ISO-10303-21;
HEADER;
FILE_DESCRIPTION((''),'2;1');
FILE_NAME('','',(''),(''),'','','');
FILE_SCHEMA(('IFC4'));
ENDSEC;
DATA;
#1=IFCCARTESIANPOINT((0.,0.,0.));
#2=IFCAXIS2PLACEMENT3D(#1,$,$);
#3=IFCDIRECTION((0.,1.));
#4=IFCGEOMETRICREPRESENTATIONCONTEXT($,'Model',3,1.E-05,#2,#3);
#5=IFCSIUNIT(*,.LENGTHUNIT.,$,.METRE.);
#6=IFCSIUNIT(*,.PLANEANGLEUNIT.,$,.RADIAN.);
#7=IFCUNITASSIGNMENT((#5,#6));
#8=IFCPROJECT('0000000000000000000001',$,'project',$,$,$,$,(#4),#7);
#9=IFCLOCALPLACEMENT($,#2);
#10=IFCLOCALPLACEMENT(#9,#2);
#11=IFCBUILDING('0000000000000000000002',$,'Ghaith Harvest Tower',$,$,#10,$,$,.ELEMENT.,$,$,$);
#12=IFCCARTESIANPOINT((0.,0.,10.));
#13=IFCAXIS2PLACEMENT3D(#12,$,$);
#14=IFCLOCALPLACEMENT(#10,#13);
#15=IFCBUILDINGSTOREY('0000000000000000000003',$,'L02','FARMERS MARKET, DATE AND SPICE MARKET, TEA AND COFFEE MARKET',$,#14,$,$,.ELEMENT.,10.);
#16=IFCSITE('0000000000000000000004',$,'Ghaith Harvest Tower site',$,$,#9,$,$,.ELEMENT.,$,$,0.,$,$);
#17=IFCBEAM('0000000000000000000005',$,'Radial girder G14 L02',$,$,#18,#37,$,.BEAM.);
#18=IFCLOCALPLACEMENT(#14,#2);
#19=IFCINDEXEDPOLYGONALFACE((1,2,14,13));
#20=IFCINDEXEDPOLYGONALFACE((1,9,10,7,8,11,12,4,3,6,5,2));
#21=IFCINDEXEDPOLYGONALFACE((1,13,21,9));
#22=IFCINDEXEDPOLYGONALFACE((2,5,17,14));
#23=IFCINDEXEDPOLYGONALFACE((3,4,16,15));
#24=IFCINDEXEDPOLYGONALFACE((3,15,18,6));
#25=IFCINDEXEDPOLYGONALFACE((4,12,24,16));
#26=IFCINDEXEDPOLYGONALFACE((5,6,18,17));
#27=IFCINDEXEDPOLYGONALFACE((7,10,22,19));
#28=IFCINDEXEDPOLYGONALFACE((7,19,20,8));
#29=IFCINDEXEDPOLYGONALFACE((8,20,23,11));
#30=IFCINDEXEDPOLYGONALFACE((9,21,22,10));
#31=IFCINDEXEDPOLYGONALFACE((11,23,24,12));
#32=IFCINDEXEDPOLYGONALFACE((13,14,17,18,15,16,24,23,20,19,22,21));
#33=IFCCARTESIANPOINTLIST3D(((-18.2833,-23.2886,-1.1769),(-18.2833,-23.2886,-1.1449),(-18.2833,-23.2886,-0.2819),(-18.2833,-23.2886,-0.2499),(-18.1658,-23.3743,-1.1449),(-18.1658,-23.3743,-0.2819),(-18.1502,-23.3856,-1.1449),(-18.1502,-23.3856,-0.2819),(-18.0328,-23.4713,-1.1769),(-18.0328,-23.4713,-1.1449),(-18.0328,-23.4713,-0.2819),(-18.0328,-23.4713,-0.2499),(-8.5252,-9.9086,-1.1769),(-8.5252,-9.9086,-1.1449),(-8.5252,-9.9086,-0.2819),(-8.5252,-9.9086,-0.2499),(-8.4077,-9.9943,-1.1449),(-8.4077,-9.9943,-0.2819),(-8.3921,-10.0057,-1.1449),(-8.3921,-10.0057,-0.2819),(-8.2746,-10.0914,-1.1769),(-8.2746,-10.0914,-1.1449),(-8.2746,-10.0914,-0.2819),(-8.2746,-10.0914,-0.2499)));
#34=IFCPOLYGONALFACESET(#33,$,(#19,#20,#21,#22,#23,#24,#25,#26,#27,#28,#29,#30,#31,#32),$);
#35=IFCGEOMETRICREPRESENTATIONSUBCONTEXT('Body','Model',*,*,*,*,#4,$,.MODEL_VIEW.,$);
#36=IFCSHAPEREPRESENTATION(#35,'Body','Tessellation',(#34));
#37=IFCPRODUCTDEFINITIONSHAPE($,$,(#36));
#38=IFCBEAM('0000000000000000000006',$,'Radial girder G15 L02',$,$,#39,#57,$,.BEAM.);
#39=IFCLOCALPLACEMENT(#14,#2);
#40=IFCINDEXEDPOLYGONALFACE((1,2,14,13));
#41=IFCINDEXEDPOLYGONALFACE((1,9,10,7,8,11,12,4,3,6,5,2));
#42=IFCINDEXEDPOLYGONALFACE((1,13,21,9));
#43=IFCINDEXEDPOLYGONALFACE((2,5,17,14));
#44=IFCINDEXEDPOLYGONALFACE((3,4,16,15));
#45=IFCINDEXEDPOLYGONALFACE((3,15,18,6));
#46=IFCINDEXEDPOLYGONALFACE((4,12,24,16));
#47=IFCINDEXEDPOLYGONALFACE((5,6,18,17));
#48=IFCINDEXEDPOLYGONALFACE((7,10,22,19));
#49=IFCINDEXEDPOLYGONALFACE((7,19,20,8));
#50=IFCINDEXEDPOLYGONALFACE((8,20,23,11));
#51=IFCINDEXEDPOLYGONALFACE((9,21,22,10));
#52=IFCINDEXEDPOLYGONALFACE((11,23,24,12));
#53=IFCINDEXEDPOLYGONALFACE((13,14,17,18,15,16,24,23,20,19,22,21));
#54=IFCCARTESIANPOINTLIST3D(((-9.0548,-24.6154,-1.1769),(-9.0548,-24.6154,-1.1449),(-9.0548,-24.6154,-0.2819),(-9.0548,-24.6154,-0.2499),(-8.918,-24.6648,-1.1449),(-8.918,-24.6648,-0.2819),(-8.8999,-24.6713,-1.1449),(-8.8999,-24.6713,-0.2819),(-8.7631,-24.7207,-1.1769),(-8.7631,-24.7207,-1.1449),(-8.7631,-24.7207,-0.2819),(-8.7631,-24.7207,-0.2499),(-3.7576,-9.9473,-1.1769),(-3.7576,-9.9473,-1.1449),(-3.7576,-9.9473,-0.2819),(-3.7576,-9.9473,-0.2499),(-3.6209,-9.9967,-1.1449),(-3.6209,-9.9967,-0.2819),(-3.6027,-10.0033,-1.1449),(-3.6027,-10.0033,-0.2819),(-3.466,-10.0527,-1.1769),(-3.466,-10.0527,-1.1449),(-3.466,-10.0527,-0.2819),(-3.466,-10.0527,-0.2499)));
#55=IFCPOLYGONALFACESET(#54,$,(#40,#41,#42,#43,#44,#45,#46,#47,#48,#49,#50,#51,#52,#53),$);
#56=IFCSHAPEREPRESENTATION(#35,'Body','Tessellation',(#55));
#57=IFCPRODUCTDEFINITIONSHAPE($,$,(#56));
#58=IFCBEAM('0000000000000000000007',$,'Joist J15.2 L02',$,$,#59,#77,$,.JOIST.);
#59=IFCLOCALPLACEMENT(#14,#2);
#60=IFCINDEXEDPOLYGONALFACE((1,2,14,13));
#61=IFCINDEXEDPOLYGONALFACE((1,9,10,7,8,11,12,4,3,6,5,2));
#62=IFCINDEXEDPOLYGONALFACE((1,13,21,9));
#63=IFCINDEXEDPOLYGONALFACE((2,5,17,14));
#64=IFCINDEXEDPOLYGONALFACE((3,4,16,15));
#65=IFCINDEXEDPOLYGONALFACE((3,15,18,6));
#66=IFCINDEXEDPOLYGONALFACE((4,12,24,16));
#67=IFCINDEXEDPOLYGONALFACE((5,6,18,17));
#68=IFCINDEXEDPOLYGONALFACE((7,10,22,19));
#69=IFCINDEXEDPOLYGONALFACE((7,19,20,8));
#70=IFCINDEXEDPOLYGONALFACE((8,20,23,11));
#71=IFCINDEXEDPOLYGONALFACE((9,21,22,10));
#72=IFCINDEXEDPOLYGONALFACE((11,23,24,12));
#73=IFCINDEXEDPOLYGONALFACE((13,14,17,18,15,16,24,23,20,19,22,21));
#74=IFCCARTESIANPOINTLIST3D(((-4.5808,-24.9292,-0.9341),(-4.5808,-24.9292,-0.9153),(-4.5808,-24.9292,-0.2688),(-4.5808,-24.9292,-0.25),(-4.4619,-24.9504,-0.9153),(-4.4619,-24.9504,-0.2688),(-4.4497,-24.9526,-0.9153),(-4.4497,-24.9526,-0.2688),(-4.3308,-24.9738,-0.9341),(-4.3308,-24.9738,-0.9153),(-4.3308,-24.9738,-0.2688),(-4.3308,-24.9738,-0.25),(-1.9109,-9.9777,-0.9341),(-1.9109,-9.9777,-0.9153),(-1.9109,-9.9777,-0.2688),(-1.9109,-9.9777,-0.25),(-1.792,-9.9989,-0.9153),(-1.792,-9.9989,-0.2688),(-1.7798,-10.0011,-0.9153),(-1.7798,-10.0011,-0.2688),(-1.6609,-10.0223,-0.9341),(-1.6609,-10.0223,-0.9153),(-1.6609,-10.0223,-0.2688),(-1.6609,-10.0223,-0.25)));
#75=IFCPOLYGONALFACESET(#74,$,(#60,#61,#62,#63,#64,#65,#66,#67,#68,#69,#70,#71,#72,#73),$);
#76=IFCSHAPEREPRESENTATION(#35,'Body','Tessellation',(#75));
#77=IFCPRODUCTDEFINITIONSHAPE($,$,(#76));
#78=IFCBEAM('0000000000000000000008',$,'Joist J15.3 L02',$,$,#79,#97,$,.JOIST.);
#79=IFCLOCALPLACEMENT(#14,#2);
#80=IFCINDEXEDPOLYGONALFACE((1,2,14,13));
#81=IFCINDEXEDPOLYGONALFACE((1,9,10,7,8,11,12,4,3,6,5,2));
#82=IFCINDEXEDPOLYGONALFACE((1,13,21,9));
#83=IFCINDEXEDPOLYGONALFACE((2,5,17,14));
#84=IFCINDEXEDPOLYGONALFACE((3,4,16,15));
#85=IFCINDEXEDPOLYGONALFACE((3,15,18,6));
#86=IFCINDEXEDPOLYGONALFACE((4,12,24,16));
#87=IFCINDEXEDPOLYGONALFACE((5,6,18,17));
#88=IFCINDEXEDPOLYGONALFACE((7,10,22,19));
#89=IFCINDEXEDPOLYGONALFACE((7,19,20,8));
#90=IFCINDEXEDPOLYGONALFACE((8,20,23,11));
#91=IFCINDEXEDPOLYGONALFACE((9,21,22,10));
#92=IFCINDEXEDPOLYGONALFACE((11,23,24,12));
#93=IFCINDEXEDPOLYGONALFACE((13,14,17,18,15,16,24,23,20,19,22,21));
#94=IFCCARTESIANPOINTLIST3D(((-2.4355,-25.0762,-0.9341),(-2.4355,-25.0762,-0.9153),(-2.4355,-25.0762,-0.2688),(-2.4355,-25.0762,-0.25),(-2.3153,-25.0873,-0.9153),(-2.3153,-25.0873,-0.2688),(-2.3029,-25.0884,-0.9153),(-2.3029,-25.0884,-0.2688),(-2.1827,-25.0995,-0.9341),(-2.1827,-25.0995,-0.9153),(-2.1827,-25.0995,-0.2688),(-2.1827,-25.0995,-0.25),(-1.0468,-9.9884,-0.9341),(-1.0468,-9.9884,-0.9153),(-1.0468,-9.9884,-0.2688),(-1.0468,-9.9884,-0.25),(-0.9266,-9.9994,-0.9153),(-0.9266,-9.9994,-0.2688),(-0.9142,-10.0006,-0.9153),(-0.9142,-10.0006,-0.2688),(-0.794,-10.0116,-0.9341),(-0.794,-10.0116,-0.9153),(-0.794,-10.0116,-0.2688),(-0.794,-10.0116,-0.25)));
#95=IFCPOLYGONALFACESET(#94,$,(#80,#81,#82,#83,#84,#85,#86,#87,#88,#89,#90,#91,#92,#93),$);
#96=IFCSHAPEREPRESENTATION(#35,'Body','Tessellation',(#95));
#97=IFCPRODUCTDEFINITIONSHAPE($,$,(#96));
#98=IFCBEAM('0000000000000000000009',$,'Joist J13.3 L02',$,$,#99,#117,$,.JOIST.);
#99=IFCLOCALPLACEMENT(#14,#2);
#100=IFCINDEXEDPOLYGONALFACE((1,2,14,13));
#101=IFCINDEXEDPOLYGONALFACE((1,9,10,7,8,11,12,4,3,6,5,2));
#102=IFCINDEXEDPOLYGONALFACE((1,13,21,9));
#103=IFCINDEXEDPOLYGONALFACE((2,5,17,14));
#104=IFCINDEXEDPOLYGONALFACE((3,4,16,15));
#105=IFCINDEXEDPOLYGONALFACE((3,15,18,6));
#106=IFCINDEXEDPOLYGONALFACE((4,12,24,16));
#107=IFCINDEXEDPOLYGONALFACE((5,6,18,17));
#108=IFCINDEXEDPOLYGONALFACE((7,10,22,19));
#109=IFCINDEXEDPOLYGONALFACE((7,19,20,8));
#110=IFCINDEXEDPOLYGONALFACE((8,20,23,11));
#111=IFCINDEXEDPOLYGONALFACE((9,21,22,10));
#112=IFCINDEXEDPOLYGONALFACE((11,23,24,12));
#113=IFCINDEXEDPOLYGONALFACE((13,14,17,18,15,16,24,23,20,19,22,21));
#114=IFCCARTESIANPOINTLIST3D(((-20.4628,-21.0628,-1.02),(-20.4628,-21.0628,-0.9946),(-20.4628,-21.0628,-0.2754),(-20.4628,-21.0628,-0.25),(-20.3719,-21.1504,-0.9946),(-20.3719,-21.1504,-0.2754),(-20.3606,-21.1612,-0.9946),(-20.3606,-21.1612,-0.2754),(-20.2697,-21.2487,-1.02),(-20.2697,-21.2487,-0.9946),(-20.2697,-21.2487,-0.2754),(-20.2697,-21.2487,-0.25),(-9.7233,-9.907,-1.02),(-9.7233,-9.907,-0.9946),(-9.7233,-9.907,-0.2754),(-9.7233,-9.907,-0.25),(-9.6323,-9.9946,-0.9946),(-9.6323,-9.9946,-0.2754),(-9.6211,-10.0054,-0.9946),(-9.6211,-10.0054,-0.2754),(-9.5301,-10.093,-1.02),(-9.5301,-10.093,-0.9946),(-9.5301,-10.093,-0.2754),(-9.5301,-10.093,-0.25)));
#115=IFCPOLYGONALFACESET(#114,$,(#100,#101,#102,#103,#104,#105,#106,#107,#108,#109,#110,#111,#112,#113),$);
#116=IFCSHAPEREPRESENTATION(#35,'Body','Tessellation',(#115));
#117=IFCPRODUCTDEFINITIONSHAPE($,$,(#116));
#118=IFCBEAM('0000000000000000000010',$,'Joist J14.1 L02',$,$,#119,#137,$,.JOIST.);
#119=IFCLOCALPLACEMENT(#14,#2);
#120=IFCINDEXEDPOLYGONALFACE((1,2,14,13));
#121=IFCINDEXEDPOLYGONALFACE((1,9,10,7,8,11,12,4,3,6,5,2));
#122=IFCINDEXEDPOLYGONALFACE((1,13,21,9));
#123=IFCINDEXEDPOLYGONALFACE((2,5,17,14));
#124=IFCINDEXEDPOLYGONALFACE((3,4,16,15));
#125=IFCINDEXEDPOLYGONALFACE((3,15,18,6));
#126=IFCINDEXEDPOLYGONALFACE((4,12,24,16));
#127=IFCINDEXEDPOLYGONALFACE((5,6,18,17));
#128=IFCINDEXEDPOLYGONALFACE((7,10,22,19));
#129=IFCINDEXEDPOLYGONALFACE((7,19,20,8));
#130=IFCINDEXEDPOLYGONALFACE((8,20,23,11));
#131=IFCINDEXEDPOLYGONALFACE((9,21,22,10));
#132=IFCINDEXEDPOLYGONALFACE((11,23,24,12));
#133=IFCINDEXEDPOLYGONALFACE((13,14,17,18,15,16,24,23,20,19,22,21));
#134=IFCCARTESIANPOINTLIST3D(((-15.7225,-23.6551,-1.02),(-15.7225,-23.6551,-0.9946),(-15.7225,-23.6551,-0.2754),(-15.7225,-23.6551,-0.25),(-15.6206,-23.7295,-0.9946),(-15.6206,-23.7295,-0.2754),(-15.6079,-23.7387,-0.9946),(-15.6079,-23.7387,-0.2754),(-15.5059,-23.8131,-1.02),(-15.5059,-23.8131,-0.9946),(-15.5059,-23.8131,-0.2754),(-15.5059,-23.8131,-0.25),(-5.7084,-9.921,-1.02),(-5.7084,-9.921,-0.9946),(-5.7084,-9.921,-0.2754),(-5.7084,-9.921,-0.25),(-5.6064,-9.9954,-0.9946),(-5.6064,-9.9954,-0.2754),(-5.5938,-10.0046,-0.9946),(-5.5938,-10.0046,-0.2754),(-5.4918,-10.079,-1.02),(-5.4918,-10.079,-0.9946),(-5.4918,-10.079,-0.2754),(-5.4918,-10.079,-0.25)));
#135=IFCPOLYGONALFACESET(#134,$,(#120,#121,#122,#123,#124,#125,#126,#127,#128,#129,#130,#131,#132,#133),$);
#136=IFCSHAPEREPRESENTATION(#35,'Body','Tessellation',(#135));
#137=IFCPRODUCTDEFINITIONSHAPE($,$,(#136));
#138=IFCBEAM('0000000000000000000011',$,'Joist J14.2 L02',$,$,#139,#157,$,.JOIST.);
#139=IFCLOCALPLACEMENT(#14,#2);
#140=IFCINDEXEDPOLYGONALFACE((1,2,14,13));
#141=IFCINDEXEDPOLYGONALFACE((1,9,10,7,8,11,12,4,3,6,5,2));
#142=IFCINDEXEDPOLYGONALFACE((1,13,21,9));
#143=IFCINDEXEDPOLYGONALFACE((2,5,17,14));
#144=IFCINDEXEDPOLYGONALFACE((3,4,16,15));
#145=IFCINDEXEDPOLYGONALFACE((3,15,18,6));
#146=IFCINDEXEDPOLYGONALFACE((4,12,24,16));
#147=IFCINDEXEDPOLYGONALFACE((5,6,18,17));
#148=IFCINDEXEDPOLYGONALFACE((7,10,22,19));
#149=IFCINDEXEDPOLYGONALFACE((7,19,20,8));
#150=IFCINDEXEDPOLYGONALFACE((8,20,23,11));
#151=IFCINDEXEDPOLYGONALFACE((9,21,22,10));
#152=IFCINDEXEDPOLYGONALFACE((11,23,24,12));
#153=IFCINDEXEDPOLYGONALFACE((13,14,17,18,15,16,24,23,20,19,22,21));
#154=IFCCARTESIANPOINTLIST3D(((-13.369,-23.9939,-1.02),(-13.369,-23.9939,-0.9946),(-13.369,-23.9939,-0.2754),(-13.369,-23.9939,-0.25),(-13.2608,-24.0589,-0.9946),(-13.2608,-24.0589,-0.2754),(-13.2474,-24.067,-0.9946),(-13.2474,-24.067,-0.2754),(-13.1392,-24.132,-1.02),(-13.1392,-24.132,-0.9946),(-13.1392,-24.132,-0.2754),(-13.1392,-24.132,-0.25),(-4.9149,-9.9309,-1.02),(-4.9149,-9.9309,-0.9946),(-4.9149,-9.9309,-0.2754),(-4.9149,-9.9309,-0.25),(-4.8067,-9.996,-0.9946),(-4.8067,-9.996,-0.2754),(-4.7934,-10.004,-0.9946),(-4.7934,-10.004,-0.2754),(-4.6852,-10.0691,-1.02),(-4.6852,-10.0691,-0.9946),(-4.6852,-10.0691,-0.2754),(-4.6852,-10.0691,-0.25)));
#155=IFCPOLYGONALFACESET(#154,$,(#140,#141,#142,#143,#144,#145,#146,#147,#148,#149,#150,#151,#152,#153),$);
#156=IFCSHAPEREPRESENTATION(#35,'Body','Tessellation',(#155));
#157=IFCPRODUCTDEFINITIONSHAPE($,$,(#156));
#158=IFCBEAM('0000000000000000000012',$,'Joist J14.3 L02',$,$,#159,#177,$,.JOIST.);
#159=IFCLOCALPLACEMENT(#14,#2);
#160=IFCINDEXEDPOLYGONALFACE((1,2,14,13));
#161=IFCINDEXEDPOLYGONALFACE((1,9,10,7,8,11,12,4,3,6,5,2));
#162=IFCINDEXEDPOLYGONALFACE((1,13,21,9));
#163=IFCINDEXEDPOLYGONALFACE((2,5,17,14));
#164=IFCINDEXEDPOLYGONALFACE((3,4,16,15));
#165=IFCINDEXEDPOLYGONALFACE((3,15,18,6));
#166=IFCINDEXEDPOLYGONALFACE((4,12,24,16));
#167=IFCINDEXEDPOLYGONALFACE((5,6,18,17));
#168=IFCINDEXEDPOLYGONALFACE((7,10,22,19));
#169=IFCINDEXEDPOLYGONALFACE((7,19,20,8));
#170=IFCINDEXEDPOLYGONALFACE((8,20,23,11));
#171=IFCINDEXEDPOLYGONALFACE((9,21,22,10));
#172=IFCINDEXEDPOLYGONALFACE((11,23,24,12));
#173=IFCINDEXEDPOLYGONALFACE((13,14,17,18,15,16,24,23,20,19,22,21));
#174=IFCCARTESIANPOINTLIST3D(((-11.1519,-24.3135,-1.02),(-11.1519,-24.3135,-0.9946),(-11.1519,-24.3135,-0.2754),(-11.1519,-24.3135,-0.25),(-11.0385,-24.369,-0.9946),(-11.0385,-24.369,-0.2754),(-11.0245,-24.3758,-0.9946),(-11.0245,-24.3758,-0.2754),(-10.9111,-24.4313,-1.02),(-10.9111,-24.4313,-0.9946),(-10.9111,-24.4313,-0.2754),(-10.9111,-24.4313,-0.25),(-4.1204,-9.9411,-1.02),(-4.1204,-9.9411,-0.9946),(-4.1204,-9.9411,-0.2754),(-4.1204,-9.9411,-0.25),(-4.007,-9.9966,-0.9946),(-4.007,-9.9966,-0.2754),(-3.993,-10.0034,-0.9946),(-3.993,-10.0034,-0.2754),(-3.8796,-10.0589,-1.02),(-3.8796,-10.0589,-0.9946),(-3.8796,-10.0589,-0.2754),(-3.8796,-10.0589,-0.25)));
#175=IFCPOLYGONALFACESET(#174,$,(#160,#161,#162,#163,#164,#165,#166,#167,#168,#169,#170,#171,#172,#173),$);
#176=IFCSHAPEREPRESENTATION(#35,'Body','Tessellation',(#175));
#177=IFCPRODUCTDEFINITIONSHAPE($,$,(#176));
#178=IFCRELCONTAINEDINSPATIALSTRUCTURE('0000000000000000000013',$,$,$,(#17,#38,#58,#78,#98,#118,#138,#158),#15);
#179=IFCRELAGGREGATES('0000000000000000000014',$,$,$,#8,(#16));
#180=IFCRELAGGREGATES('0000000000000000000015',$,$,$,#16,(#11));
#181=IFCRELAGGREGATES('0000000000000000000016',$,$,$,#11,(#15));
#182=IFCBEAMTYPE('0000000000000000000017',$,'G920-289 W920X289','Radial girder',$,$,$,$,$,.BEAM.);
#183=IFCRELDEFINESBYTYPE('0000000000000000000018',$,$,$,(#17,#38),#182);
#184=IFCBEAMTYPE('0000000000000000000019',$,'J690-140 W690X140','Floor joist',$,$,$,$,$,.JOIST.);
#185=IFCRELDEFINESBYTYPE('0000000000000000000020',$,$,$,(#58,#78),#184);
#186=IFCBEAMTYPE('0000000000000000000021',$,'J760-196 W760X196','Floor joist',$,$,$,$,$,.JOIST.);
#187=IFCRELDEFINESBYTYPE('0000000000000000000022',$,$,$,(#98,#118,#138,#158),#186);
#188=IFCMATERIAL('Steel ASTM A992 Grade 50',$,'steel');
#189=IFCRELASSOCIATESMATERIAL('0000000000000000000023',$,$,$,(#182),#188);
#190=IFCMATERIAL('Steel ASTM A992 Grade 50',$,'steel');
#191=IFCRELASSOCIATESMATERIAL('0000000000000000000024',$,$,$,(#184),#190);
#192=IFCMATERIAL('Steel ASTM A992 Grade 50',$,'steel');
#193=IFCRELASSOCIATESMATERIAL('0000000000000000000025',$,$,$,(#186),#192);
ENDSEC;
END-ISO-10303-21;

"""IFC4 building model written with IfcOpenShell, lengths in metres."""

from ifc_helpers import new_model, si_unit, direction, frame, origin, origin_2d, place, context, subcontext, project, spatial, i_section, extrude, material, material_profile, profile_set, type_object, element, save


model = new_model("IFC4")

# Units and contexts
model_context = context("Model", 3, precision=1e-05, world=origin(), true_north=direction((0.0, 1.0)))
body_context = subcontext(model_context, "Body", "Model", "MODEL_VIEW")
ifc_project = project(units=[si_unit("LENGTHUNIT", "METRE"), si_unit("PLANEANGLEUNIT", "RADIAN")], contexts=[model_context])

# Site, building, storey
site_placement = place(None, origin())
site = spatial("IfcSite", under=ifc_project, at=site_placement, Name="Ghaith Harvest Tower site", CompositionType="ELEMENT", RefElevation=0.0)
building_placement = place(site_placement, origin())
building = spatial("IfcBuilding", under=site, at=building_placement, Name="Ghaith Harvest Tower", CompositionType="ELEMENT")
storey_placement = place(building_placement, frame((0.0, 0.0, 10.0)))
storey = spatial("IfcBuildingStorey", under=building, at=storey_placement, Name="L02", Description="FARMERS MARKET, DATE AND SPICE MARKET, TEA AND COFFEE MARKET", CompositionType="ELEMENT", Elevation=10.0)

# Beams
ifc_material_1 = material(Name="Steel ASTM A992 Grade 50", Category="steel")
ifc_material_profile_1 = material_profile(ifc_material_1, i_section(OverallWidth=0.3101, OverallDepth=0.927, WebThickness=0.0193, FlangeThickness=0.032, at=origin_2d()), Name="W920X289")
ifc_profile_set_1 = profile_set([ifc_material_profile_1], Name="Steel ASTM A992 Grade 50")
beam_type_1 = type_object("IfcBeamType", Name="G920-289 W920X289", Description="Radial girder", PredefinedType="BEAM", material=ifc_profile_set_1)
beam_1_placement = place(storey_placement, frame((-8.3999, -10.0, -0.7134), z_axis=(-0.589247, -0.807953, 0.0), x_axis=(0.807953, -0.589247, 0.0)))
element("IfcBeam", 1, at=beam_1_placement, inside=storey, type_object=beam_type_1, Name="Radial girder G14 L02", PredefinedType="BEAM", context=body_context, shape_type="SweptSolid", body=[
    extrude(i_section(OverallWidth=0.3101, OverallDepth=0.927, WebThickness=0.0193, FlangeThickness=0.032, at=origin_2d()), origin(), (0.0, 0.0, 1.0), 16.5603),
])
beam_2_placement = place(storey_placement, frame((-3.6118, -10.0, -0.7134), z_axis=(-0.339664, -0.940547, 0.0), x_axis=(0.940547, -0.339664, 0.0)))
element("IfcBeam", 2, at=beam_2_placement, inside=storey, type_object=beam_type_1, Name="Radial girder G15 L02", PredefinedType="BEAM", context=body_context, shape_type="SweptSolid", body=[
    extrude(i_section(OverallWidth=0.3101, OverallDepth=0.927, WebThickness=0.0193, FlangeThickness=0.032, at=origin_2d()), origin(), (0.0, 0.0, 1.0), 15.5952),
])
ifc_material_2 = material(Name="Steel ASTM A992 Grade 50", Category="steel")
ifc_material_profile_2 = material_profile(ifc_material_2, i_section(OverallWidth=0.2539, OverallDepth=0.6841, WebThickness=0.0125, FlangeThickness=0.0188, at=origin_2d()), Name="W690X140")
ifc_profile_set_2 = profile_set([ifc_material_profile_2], Name="Steel ASTM A992 Grade 50")
beam_type_2 = type_object("IfcBeamType", Name="J690-140 W690X140", Description="Floor joist", PredefinedType="JOIST", material=ifc_profile_set_2)
beam_3_placement = place(storey_placement, frame((-1.7859, -10.0, -0.592), z_axis=(-0.175792, -0.984427, 0.0), x_axis=(0.984427, -0.175792, 0.0)))
element("IfcBeam", 3, at=beam_3_placement, inside=storey, type_object=beam_type_2, Name="Joist J15.2 L02", PredefinedType="JOIST", context=body_context, shape_type="SweptSolid", body=[
    extrude(i_section(OverallWidth=0.2539, OverallDepth=0.6841, WebThickness=0.0125, FlangeThickness=0.0188, at=origin_2d()), origin(), (0.0, 0.0, 1.0), 15.188),
])
beam_4_placement = place(storey_placement, frame((-0.9204, -10.0, -0.592), z_axis=(-0.091651, -0.995791, 0.0), x_axis=(0.995791, -0.091651, 0.0)))
element("IfcBeam", 4, at=beam_4_placement, inside=storey, type_object=beam_type_2, Name="Joist J15.3 L02", PredefinedType="JOIST", context=body_context, shape_type="SweptSolid", body=[
    extrude(i_section(OverallWidth=0.2539, OverallDepth=0.6841, WebThickness=0.0125, FlangeThickness=0.0188, at=origin_2d()), origin(), (0.0, 0.0, 1.0), 15.1516),
])
ifc_material_3 = material(Name="Steel ASTM A992 Grade 50", Category="steel")
ifc_material_profile_3 = material_profile(ifc_material_3, i_section(OverallWidth=0.2681, OverallDepth=0.77, WebThickness=0.0156, FlangeThickness=0.0254, at=origin_2d()), Name="W760X196")
ifc_profile_set_3 = profile_set([ifc_material_profile_3], Name="Steel ASTM A992 Grade 50")
beam_type_3 = type_object("IfcBeamType", Name="J760-196 W760X196", Description="Floor joist", PredefinedType="JOIST", material=ifc_profile_set_3)
beam_5_placement = place(storey_placement, frame((-9.6267, -10.0, -0.635), z_axis=(-0.693538, -0.72042, 0.0), x_axis=(0.72042, -0.693538, 0.0)))
element("IfcBeam", 5, at=beam_5_placement, inside=storey, type_object=beam_type_3, Name="Joist J13.3 L02", PredefinedType="JOIST", context=body_context, shape_type="SweptSolid", body=[
    extrude(i_section(OverallWidth=0.2681, OverallDepth=0.77, WebThickness=0.0156, FlangeThickness=0.0254, at=origin_2d()), origin(), (0.0, 0.0, 1.0), 15.4851),
])
beam_6_placement = place(storey_placement, frame((-5.6001, -10.0, -0.635), z_axis=(-0.58916, -0.808016, 0.0), x_axis=(0.808016, -0.58916, 0.0)))
element("IfcBeam", 6, at=beam_6_placement, inside=storey, type_object=beam_type_3, Name="Joist J14.1 L02", PredefinedType="JOIST", context=body_context, shape_type="SweptSolid", body=[
    extrude(i_section(OverallWidth=0.2681, OverallDepth=0.77, WebThickness=0.0156, FlangeThickness=0.0254, at=origin_2d()), origin(), (0.0, 0.0, 1.0), 16.9973),
])
beam_7_placement = place(storey_placement, frame((-4.8, -10.0, -0.635), z_axis=(-0.515226, -0.857054, 0.0), x_axis=(0.857054, -0.515226, 0.0)))
element("IfcBeam", 7, at=beam_7_placement, inside=storey, type_object=beam_type_3, Name="Joist J14.2 L02", PredefinedType="JOIST", context=body_context, shape_type="SweptSolid", body=[
    extrude(i_section(OverallWidth=0.2681, OverallDepth=0.77, WebThickness=0.0156, FlangeThickness=0.0254, at=origin_2d()), origin(), (0.0, 0.0, 1.0), 16.4084),
])
beam_8_placement = place(storey_placement, frame((-4.0, -10.0, -0.635), z_axis=(-0.439464, -0.89826, 0.0), x_axis=(0.89826, -0.439464, 0.0)))
element("IfcBeam", 8, at=beam_8_placement, inside=storey, type_object=beam_type_3, Name="Joist J14.3 L02", PredefinedType="JOIST", context=body_context, shape_type="SweptSolid", body=[
    extrude(i_section(OverallWidth=0.2681, OverallDepth=0.77, WebThickness=0.0156, FlangeThickness=0.0254, at=origin_2d()), origin(), (0.0, 0.0, 1.0), 16.0002),
])

save(model, "model.ifc")
